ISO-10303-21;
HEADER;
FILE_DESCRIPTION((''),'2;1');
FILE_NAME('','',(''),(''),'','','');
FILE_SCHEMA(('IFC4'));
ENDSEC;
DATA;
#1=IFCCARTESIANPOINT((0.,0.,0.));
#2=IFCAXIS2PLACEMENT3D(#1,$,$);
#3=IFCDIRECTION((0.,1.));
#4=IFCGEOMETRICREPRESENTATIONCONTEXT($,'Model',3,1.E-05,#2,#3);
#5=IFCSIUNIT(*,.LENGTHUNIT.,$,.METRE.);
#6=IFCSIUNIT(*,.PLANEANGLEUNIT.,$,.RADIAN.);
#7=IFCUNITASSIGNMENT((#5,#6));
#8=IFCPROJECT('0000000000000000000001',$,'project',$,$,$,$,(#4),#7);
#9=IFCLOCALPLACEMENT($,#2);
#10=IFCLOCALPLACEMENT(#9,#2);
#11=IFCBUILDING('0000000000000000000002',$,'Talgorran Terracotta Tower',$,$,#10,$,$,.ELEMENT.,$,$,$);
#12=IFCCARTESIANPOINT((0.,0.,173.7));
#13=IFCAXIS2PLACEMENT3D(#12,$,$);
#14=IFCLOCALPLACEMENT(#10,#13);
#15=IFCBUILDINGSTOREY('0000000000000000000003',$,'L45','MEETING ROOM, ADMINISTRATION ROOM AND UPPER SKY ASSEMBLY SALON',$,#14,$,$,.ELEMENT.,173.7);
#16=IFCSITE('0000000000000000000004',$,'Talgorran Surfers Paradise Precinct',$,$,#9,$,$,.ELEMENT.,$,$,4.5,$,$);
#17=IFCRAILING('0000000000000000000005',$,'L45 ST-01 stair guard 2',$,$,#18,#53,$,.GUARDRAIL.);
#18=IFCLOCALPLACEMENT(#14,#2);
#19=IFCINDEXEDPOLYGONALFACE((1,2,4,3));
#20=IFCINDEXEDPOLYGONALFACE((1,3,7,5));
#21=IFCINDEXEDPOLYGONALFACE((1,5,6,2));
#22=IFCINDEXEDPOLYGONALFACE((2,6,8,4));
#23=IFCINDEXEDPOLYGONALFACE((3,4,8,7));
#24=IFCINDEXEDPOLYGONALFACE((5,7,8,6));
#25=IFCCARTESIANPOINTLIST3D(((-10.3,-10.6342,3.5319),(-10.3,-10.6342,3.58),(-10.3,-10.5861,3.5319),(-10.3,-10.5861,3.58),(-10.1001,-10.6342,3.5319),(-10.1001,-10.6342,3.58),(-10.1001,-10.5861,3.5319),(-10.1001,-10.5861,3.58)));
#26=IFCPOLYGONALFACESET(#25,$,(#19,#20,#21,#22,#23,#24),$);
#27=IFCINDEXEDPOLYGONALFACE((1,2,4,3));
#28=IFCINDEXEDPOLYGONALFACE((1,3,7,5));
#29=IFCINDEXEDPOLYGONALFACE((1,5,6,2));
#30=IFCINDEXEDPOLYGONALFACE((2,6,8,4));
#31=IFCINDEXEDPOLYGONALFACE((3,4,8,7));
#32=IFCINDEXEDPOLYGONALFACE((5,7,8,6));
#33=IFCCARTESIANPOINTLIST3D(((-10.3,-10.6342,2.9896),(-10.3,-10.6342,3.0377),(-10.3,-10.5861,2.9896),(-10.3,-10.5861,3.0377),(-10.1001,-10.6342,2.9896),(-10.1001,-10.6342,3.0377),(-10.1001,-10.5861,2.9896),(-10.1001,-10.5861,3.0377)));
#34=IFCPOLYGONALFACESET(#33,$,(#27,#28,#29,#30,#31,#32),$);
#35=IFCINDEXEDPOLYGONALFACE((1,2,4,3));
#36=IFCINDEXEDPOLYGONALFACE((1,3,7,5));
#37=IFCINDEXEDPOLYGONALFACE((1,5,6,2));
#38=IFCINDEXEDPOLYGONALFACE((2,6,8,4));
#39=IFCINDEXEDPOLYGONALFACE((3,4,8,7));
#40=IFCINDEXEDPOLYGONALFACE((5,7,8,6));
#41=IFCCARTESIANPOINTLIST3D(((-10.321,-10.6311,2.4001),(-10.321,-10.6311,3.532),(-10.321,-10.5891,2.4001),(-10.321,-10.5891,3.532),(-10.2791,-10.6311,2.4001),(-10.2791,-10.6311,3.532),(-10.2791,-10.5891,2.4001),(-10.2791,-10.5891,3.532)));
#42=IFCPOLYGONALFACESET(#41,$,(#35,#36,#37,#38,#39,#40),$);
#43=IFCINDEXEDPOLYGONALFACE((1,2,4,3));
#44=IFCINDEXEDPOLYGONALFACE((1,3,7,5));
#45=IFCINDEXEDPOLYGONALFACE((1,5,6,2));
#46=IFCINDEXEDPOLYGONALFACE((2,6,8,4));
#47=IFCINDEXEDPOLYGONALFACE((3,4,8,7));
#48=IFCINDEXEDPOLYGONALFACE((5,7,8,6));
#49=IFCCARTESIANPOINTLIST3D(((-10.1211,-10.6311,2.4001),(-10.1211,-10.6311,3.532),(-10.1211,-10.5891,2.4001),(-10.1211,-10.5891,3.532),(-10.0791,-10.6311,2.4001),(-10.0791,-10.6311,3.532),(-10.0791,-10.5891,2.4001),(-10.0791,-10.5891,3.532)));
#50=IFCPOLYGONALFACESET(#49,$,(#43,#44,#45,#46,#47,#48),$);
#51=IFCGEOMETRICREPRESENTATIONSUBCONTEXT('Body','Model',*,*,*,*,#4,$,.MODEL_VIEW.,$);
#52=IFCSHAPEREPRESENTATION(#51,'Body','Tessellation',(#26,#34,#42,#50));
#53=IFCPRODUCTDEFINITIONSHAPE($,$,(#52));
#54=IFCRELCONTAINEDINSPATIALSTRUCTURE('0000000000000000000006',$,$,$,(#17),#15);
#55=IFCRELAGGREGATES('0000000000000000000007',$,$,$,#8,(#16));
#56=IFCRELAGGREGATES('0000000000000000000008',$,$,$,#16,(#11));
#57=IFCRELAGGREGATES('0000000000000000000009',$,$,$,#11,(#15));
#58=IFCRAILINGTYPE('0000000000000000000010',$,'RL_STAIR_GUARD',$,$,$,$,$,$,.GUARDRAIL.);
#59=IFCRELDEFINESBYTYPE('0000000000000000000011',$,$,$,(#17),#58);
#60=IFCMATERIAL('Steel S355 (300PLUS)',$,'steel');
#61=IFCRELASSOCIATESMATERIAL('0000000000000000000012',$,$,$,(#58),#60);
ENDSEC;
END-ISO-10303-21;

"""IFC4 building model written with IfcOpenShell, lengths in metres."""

from ifc_helpers import new_model, si_unit, direction, frame, origin, origin_2d, place, context, subcontext, project, spatial, rectangle, extrude, material, type_object, element, save


model = new_model("IFC4")

# Units and contexts
model_context = context("Model", 3, precision=1e-05, world=origin(), true_north=direction((0.0, 1.0)))
body_context = subcontext(model_context, "Body", "Model", "MODEL_VIEW")
ifc_project = project(units=[si_unit("LENGTHUNIT", "METRE"), si_unit("PLANEANGLEUNIT", "RADIAN")], contexts=[model_context])

# Site, building, storey
site_placement = place(None, origin())
site = spatial("IfcSite", under=ifc_project, at=site_placement, Name="Talgorran Surfers Paradise Precinct", CompositionType="ELEMENT", RefElevation=4.5)
building_placement = place(site_placement, origin())
building = spatial("IfcBuilding", under=site, at=building_placement, Name="Talgorran Terracotta Tower", CompositionType="ELEMENT")
storey_placement = place(building_placement, frame((0.0, 0.0, 173.7)))
storey = spatial("IfcBuildingStorey", under=building, at=storey_placement, Name="L45", Description="MEETING ROOM, ADMINISTRATION ROOM AND UPPER SKY ASSEMBLY SALON", CompositionType="ELEMENT", Elevation=173.7)

# Shared definitions
ifc_material_1 = material(Name="Steel S355 (300PLUS)", Category="steel")

# Railing
railing_type_1 = type_object("IfcRailingType", Name="RL_STAIR_GUARD", PredefinedType="GUARDRAIL", material=ifc_material_1)
railing_1_placement = place(storey_placement, frame((-10.3, -10.6101, 2.4001)))
element("IfcRailing", 1, at=railing_1_placement, inside=storey, type_object=railing_type_1, Name="L45 ST-01 stair guard 2", PredefinedType="GUARDRAIL", context=body_context, shape_type="SweptSolid", body=[
    extrude(rectangle(XDim=0.0481, YDim=0.0481, at=origin_2d()), frame((0.0, 0.0, 1.1558), z_axis=(1.0, 0.0, 0.0), x_axis=(0.0, 1.0, 0.0)), (0.0, 0.0, 1.0), 0.2),
    extrude(rectangle(XDim=0.0481, YDim=0.0481, at=origin_2d()), frame((0.0, 0.0, 0.6135), z_axis=(1.0, 0.0, 0.0), x_axis=(0.0, 1.0, 0.0)), (0.0, 0.0, 1.0), 0.2),
    extrude(rectangle(XDim=0.042, YDim=0.042, at=origin_2d()), origin(), (0.0, 0.0, 1.0), 1.1318),
    extrude(rectangle(XDim=0.042, YDim=0.042, at=origin_2d()), frame((0.2, 0.0, 0.0)), (0.0, 0.0, 1.0), 1.1318),
])

save(model, "model.ifc")
